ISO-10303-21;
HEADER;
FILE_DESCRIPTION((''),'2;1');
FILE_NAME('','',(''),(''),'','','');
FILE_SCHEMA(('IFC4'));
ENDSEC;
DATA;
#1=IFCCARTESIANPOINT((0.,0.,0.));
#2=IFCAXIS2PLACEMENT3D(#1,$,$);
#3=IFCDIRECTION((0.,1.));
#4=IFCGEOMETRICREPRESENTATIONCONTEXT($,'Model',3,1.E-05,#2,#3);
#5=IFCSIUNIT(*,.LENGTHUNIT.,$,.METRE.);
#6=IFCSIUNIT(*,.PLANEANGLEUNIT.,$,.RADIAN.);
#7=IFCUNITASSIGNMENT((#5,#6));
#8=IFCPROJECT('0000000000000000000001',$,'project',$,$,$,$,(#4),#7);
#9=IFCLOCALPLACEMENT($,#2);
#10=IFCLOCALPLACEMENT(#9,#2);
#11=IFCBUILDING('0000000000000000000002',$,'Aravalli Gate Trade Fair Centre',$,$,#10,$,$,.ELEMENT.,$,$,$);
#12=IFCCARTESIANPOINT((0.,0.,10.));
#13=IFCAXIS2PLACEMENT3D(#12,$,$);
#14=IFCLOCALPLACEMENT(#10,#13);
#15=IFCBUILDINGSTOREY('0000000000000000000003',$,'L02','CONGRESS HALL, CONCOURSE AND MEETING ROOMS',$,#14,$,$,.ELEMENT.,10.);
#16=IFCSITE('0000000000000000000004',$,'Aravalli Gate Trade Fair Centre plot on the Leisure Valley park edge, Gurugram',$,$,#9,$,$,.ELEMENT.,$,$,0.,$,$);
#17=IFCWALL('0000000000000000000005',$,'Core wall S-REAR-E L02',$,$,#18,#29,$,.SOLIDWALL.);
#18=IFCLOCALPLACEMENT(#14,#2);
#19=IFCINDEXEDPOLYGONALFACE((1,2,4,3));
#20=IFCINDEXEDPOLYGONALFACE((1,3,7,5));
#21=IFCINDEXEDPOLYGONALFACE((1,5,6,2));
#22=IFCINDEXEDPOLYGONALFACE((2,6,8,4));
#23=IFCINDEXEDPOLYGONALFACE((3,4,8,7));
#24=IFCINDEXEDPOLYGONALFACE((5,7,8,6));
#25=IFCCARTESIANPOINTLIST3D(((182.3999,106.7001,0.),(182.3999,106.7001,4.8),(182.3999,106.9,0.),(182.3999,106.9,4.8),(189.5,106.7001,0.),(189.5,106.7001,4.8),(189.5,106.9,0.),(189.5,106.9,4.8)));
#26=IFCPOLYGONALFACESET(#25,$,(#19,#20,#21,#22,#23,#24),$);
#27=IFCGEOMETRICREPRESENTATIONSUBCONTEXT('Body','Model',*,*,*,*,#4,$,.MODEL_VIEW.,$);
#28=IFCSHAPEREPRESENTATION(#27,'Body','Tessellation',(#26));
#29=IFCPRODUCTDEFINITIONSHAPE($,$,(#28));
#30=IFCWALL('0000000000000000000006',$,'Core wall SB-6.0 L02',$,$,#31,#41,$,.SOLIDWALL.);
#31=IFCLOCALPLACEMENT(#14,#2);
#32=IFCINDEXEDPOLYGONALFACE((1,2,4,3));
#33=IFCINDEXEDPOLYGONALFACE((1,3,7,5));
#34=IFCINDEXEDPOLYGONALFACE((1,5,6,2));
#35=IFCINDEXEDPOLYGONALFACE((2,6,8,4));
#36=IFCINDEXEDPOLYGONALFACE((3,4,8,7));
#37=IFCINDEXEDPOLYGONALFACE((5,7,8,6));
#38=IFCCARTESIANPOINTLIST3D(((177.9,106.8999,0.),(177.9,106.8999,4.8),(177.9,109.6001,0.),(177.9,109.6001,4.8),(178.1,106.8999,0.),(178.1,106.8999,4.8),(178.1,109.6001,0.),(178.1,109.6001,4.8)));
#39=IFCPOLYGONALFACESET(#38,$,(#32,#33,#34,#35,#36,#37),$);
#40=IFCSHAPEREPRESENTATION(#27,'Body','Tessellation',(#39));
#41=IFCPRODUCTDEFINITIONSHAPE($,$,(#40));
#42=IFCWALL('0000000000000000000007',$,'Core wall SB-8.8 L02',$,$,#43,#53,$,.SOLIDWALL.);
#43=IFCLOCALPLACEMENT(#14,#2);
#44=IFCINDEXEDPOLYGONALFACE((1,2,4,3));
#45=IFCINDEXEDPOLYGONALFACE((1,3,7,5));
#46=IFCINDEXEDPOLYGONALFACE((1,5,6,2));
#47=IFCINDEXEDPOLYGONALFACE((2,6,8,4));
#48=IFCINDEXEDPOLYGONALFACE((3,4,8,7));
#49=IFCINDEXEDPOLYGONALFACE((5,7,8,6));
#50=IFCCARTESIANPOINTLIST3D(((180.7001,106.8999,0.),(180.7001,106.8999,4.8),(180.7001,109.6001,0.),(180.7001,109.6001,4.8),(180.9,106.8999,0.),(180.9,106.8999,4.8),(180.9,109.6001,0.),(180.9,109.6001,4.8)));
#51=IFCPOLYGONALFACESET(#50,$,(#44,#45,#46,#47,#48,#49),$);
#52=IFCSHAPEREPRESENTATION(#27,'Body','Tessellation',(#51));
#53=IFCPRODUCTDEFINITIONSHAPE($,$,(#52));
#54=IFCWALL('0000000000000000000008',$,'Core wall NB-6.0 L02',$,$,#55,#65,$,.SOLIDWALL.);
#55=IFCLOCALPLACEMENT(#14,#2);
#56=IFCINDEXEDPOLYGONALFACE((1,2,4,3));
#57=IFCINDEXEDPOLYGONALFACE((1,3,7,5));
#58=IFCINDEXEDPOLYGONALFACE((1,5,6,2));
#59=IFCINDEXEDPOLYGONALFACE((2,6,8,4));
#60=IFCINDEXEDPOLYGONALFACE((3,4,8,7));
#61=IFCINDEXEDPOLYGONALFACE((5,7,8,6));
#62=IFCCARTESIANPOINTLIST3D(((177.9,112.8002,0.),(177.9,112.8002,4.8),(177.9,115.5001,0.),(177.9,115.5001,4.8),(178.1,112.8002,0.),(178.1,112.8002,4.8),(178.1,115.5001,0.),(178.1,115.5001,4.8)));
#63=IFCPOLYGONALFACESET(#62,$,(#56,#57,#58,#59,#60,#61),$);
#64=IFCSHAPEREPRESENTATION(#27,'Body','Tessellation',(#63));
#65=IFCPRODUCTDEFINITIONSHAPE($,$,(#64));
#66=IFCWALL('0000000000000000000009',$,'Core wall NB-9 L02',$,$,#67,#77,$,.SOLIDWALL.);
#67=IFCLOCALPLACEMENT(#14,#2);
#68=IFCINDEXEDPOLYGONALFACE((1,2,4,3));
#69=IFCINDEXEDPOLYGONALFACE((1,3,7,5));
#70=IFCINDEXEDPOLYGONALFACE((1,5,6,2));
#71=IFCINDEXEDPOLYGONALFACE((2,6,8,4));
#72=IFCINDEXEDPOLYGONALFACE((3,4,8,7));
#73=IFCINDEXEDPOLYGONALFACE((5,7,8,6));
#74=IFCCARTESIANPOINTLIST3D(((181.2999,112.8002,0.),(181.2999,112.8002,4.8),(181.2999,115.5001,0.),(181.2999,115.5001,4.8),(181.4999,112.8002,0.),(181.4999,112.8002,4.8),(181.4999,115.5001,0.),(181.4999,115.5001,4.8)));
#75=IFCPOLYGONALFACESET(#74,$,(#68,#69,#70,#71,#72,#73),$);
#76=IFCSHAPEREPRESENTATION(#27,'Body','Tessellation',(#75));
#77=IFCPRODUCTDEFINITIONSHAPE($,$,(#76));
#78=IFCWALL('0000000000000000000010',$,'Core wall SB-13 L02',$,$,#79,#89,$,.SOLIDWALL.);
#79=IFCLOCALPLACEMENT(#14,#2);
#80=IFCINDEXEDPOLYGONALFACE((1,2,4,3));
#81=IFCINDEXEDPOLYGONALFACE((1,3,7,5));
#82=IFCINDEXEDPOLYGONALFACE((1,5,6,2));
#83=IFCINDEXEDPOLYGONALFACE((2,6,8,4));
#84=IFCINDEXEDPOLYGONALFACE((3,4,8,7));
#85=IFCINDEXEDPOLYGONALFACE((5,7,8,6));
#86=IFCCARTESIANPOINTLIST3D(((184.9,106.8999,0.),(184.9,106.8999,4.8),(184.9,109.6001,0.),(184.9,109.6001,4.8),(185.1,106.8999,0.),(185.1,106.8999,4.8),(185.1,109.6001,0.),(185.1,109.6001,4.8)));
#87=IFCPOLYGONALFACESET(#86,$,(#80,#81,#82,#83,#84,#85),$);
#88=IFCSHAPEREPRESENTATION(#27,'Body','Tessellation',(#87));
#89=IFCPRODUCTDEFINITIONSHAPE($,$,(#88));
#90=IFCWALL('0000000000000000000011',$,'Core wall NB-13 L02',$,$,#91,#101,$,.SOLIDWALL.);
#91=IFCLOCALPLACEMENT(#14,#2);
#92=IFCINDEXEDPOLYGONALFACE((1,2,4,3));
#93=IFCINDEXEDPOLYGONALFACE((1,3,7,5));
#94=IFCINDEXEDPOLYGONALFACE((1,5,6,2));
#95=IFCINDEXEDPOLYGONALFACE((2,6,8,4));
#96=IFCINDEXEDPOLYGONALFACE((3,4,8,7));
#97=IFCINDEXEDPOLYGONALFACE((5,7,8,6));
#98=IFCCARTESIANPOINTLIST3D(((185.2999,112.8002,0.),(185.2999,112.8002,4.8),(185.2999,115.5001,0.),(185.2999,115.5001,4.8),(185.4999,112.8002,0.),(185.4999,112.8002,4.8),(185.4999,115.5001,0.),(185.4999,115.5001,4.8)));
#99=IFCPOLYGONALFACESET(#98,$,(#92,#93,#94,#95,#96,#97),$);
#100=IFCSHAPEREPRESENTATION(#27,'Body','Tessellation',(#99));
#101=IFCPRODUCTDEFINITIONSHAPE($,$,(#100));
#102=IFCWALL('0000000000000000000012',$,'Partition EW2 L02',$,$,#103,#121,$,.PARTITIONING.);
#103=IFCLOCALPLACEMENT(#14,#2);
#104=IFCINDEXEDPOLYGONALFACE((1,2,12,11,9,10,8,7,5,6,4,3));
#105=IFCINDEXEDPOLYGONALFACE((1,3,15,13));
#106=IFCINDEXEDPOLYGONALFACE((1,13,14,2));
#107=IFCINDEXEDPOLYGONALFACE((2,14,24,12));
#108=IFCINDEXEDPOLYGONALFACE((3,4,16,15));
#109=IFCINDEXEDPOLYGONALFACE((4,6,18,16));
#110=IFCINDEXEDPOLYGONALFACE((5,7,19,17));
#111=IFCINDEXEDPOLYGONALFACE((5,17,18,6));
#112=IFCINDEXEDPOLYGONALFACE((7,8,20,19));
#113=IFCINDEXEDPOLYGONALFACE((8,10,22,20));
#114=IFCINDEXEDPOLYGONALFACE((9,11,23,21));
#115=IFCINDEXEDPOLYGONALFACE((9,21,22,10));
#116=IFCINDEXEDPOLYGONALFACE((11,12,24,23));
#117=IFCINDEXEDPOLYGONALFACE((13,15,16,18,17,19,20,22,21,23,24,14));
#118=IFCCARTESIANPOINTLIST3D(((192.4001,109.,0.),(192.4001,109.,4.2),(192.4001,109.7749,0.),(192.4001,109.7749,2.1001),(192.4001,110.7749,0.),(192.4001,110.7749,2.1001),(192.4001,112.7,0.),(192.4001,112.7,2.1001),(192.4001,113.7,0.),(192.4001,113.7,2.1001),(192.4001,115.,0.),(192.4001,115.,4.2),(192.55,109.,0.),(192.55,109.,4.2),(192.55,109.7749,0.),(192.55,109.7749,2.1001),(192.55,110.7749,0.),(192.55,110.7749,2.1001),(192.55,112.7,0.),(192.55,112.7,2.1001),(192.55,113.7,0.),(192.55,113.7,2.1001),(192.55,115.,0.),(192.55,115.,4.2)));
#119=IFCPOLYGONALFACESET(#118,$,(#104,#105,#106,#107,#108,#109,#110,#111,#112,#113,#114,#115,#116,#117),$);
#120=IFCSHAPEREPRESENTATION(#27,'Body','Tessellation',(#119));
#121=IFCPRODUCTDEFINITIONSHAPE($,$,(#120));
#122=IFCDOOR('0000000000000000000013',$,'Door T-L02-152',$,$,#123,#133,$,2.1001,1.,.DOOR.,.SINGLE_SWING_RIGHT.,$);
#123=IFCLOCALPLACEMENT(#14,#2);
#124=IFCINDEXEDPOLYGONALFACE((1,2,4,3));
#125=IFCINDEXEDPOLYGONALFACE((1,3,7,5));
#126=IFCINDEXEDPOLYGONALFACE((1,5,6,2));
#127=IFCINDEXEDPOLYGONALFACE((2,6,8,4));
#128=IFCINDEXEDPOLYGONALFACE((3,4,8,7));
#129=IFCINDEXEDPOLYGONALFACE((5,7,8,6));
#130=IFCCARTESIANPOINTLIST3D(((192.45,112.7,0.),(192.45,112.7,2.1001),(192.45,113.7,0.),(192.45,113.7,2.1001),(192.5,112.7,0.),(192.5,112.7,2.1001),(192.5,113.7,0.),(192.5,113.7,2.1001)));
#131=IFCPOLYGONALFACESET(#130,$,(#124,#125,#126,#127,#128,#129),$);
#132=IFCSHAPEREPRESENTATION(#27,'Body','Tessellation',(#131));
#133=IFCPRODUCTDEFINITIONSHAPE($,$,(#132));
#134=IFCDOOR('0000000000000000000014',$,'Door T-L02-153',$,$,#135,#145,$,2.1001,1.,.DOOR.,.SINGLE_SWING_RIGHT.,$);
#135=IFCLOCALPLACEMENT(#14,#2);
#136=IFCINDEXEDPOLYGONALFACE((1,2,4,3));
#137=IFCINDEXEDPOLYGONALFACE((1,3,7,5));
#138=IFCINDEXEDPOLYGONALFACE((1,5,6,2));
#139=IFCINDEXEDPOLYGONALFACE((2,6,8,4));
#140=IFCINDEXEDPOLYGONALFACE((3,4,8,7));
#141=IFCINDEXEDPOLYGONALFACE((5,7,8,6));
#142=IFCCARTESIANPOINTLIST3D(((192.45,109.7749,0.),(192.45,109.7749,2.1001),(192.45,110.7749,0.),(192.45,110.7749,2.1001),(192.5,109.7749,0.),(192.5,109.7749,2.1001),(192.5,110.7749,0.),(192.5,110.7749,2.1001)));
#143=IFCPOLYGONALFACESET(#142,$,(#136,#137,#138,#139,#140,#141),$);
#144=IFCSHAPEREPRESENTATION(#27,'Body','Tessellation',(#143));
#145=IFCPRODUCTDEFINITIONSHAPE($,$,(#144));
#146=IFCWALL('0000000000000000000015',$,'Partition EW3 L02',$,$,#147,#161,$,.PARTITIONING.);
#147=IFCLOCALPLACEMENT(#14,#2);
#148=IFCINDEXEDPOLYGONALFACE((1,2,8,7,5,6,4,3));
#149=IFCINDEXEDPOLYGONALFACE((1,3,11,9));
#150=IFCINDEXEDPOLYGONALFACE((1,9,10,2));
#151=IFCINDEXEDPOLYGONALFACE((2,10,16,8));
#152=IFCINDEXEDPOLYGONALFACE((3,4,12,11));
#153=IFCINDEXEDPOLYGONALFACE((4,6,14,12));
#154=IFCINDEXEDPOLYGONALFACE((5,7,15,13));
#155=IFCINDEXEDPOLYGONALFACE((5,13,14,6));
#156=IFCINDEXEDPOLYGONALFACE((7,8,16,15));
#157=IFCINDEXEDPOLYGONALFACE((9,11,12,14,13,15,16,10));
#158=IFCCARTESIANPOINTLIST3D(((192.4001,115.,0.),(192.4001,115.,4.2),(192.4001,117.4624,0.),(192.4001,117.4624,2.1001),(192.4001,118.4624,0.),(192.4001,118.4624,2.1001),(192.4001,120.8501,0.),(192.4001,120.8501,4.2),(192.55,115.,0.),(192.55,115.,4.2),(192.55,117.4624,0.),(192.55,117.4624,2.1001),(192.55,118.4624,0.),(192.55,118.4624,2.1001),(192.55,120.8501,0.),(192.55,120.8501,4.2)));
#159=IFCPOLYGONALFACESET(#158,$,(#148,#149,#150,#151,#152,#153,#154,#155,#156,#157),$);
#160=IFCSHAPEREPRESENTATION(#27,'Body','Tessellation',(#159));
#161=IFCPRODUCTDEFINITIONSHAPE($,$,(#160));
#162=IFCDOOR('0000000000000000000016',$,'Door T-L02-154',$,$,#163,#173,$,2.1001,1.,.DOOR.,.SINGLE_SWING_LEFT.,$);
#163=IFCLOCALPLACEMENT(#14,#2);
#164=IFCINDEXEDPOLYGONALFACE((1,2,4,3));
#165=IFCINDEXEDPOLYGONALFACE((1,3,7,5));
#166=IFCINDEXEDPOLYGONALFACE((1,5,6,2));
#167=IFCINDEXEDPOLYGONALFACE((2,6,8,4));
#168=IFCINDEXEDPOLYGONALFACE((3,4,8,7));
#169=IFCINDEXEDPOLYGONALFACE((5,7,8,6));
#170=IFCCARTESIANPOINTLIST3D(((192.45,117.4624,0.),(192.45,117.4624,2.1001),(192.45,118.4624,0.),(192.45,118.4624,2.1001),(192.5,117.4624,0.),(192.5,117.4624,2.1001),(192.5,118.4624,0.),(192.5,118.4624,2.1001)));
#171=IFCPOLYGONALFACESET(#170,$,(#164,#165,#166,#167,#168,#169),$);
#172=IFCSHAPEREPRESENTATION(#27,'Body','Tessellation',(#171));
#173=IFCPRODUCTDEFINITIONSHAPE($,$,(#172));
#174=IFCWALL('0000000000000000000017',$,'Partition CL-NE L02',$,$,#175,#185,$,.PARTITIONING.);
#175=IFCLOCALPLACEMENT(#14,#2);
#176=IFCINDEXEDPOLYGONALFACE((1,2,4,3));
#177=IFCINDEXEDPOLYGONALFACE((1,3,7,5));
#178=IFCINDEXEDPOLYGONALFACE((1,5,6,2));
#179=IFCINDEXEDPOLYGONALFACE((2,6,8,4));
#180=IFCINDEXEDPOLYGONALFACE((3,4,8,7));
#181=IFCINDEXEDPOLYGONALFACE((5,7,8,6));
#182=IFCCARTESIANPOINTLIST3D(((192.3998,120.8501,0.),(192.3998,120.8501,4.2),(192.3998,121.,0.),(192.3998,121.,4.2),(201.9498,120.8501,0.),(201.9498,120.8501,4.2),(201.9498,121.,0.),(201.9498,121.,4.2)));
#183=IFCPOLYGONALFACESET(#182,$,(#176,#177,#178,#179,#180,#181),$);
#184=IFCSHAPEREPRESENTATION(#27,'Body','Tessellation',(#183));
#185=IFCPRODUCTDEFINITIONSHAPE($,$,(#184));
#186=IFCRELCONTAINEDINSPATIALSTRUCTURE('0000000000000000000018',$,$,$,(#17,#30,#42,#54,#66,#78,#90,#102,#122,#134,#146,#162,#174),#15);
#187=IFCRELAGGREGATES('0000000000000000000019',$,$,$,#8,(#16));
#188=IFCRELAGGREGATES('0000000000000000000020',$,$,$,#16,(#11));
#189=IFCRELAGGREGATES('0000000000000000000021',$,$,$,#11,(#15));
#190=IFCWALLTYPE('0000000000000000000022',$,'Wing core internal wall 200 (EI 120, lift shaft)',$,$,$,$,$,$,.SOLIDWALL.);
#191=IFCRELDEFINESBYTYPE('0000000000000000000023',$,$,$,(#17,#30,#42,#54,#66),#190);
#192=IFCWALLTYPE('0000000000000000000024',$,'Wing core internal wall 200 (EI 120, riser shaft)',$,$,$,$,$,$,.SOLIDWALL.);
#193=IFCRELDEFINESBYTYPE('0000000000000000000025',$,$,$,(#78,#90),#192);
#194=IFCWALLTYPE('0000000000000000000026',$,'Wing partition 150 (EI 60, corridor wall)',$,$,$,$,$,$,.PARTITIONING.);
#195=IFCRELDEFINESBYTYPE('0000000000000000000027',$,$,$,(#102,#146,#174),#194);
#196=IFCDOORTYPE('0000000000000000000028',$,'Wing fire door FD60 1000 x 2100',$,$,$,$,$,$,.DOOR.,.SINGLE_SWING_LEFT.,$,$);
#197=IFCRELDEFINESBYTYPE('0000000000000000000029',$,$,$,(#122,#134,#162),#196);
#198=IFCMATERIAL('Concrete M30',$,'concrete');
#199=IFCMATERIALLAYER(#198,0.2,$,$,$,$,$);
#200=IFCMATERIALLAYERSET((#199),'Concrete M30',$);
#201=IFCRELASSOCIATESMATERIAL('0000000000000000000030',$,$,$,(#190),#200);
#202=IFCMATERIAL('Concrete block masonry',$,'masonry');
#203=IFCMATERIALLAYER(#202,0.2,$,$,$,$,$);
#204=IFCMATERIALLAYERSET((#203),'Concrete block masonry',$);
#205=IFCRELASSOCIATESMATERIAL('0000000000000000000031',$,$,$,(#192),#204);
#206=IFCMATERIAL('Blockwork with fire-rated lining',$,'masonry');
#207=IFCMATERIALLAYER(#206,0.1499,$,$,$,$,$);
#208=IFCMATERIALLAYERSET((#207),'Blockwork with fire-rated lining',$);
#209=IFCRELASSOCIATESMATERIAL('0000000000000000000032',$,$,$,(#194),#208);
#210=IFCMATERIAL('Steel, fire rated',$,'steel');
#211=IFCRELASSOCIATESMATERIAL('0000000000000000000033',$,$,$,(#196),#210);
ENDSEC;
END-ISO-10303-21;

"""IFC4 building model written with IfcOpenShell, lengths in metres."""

from ifc_helpers import new_model, si_unit, direction, frame, frame_2d, origin, place, context, subcontext, project, spatial, rectangle, extrude, material, layer, layer_set, type_object, element, fill, save


model = new_model("IFC4")

# Units and contexts
model_context = context("Model", 3, precision=1e-05, world=origin(), true_north=direction((0.0, 1.0)))
body_context = subcontext(model_context, "Body", "Model", "MODEL_VIEW")
ifc_project = project(units=[si_unit("LENGTHUNIT", "METRE"), si_unit("PLANEANGLEUNIT", "RADIAN")], contexts=[model_context])

# Site, building, storey
site_placement = place(None, origin())
site = spatial("IfcSite", under=ifc_project, at=site_placement, Name="Aravalli Gate Trade Fair Centre plot on the Leisure Valley park edge, Gurugram", CompositionType="ELEMENT", RefElevation=0.0)
building_placement = place(site_placement, origin())
building = spatial("IfcBuilding", under=site, at=building_placement, Name="Aravalli Gate Trade Fair Centre", CompositionType="ELEMENT")
storey_placement = place(building_placement, frame((0.0, 0.0, 10.0)))
storey = spatial("IfcBuildingStorey", under=building, at=storey_placement, Name="L02", Description="CONGRESS HALL, CONCOURSE AND MEETING ROOMS", CompositionType="ELEMENT", Elevation=10.0)

# Shared definitions
ifc_material_1 = material(Name="Concrete M30", Category="concrete")

# Walls
ifc_layer_1 = layer(ifc_material_1, 0.2)
ifc_layer_set_1 = layer_set([ifc_layer_1], Name="Concrete M30")
wall_type_1 = type_object("IfcWallType", Name="Wing core internal wall 200 (EI 120, lift shaft)", PredefinedType="SOLIDWALL", material=ifc_layer_set_1)
wall_1_placement = place(storey_placement, frame((182.3999, 106.8, 0.0), z_axis=(0.0, 0.0, 1.0), x_axis=(1.0, 0.0, 0.0)))
element("IfcWall", 1, at=wall_1_placement, inside=storey, type_object=wall_type_1, Name="Core wall S-REAR-E L02", PredefinedType="SOLIDWALL", context=body_context, shape_type="SweptSolid", body=[
    extrude(rectangle(XDim=7.1001, YDim=0.2, at=frame_2d((3.55, 0.0))), origin(), (0.0, 0.0, 1.0), 4.8),
])
for number, where, z_axis, x_axis, name in (
    (2, (178.0, 106.8999, 0.0), (0.0, 0.0, 1.0), (0.0, 1.0, 0.0), "Core wall SB-6.0 L02"),
    (3, (180.8, 106.8999, 0.0), (0.0, 0.0, 1.0), (0.0, 1.0, 0.0), "Core wall SB-8.8 L02"),
):
    element("IfcWall", number, at=place(storey_placement, frame(where, z_axis=z_axis, x_axis=x_axis)), inside=storey, type_object=wall_type_1, Name=name, PredefinedType="SOLIDWALL", context=body_context, shape_type="SweptSolid", body=[
        extrude(rectangle(XDim=2.7002, YDim=0.2, at=frame_2d((1.3501, 0.0))), origin(), (0.0, 0.0, 1.0), 4.8),
    ])
for number, where, z_axis, x_axis, name in (
    (4, (178.0, 112.8, 0.0), (0.0, 0.0, 1.0), (0.0, 1.0, 0.0), "Core wall NB-6.0 L02"),
    (5, (181.3999, 112.8, 0.0), (0.0, 0.0, 1.0), (0.0, 1.0, 0.0), "Core wall NB-9 L02"),
):
    element("IfcWall", number, at=place(storey_placement, frame(where, z_axis=z_axis, x_axis=x_axis)), inside=storey, type_object=wall_type_1, Name=name, PredefinedType="SOLIDWALL", context=body_context, shape_type="SweptSolid", body=[
        extrude(rectangle(XDim=2.7, YDim=0.2, at=frame_2d((1.3501, 0.0))), origin(), (0.0, 0.0, 1.0), 4.8),
    ])
ifc_material_2 = material(Name="Concrete block masonry", Category="masonry")
ifc_layer_2 = layer(ifc_material_2, 0.2)
ifc_layer_set_2 = layer_set([ifc_layer_2], Name="Concrete block masonry")
wall_type_2 = type_object("IfcWallType", Name="Wing core internal wall 200 (EI 120, riser shaft)", PredefinedType="SOLIDWALL", material=ifc_layer_set_2)
wall_2_placement = place(storey_placement, frame((185.0, 106.8999, 0.0), z_axis=(0.0, 0.0, 1.0), x_axis=(0.0, 1.0, 0.0)))
element("IfcWall", 6, at=wall_2_placement, inside=storey, type_object=wall_type_2, Name="Core wall SB-13 L02", PredefinedType="SOLIDWALL", context=body_context, shape_type="SweptSolid", body=[
    extrude(rectangle(XDim=2.7002, YDim=0.2, at=frame_2d((1.3501, 0.0))), origin(), (0.0, 0.0, 1.0), 4.8),
])
wall_3_placement = place(storey_placement, frame((185.3999, 112.8, 0.0), z_axis=(0.0, 0.0, 1.0), x_axis=(0.0, 1.0, 0.0)))
element("IfcWall", 7, at=wall_3_placement, inside=storey, type_object=wall_type_2, Name="Core wall NB-13 L02", PredefinedType="SOLIDWALL", context=body_context, shape_type="SweptSolid", body=[
    extrude(rectangle(XDim=2.7, YDim=0.2, at=frame_2d((1.3501, 0.0))), origin(), (0.0, 0.0, 1.0), 4.8),
])

# Wall, openings, doors
ifc_material_3 = material(Name="Blockwork with fire-rated lining", Category="masonry")
ifc_layer_3 = layer(ifc_material_3, 0.1499)
ifc_layer_set_3 = layer_set([ifc_layer_3], Name="Blockwork with fire-rated lining")
wall_type_3 = type_object("IfcWallType", Name="Wing partition 150 (EI 60, corridor wall)", PredefinedType="PARTITIONING", material=ifc_layer_set_3)
wall_4_placement = place(storey_placement, frame((192.4751, 109.0, 0.0), z_axis=(0.0, 0.0, 1.0), x_axis=(0.0, 1.0, 0.0)))
wall_4 = element("IfcWall", 8, at=wall_4_placement, inside=storey, type_object=wall_type_3, Name="Partition EW2 L02", PredefinedType="PARTITIONING", context=body_context, shape_type="SweptSolid", body=[
    extrude(rectangle(XDim=6.0, YDim=0.1499, at=frame_2d((3.0, 0.0))), origin(), (0.0, 0.0, 1.0), 4.2),
])
opening_1_placement = place(wall_4_placement, frame((3.7, 0.0, 0.0)))
opening_1 = element("IfcOpeningElement", 9, at=opening_1_placement, cuts=wall_4, PredefinedType="OPENING", context=body_context, shape_type="SweptSolid", body=[
    extrude(rectangle(XDim=1.0, YDim=2.1001, at=frame_2d((0.5, 1.05))), frame((0.0, 0.085, 0.0), z_axis=(0.0, -1.0, 0.0), x_axis=(1.0, 0.0, 0.0)), (0.0, 0.0, 1.0), 0.1699),
])
opening_2_placement = place(wall_4_placement, frame((0.7749, 0.0, 0.0)))
opening_2 = element("IfcOpeningElement", 10, at=opening_2_placement, cuts=wall_4, PredefinedType="OPENING", context=body_context, shape_type="SweptSolid", body=[
    extrude(rectangle(XDim=1.0, YDim=2.1001, at=frame_2d((0.5, 1.05))), frame((0.0, 0.085, 0.0), z_axis=(0.0, -1.0, 0.0), x_axis=(1.0, 0.0, 0.0)), (0.0, 0.0, 1.0), 0.1699),
])
ifc_material_4 = material(Name="Steel, fire rated", Category="steel")
door_type_1 = type_object("IfcDoorType", Name="Wing fire door FD60 1000 x 2100", OperationType="SINGLE_SWING_LEFT", PredefinedType="DOOR", material=ifc_material_4)
door_1_placement = place(opening_1_placement, frame((1.0, 0.0, 0.0), z_axis=(0.0, 0.0, 1.0), x_axis=(-1.0, 0.0, 0.0)))
door_1 = element("IfcDoor", 11, at=door_1_placement, inside=storey, type_object=door_type_1, Name="Door T-L02-152", OperationType="SINGLE_SWING_RIGHT", OverallHeight=2.1001, OverallWidth=1.0, PredefinedType="DOOR", context=body_context, shape_type="SweptSolid", body=[
    extrude(rectangle(XDim=1.0, YDim=2.1001, at=frame_2d((0.5, 1.05))), frame((0.0, 0.0249, 0.0), z_axis=(0.0, -1.0, 0.0), x_axis=(1.0, 0.0, 0.0)), (0.0, 0.0, 1.0), 0.05),
])
fill(opening_1, door_1)
door_2_placement = place(opening_2_placement, frame((1.0, 0.0, 0.0), z_axis=(0.0, 0.0, 1.0), x_axis=(-1.0, 0.0, 0.0)))
door_2 = element("IfcDoor", 12, at=door_2_placement, inside=storey, type_object=door_type_1, Name="Door T-L02-153", OperationType="SINGLE_SWING_RIGHT", OverallHeight=2.1001, OverallWidth=1.0, PredefinedType="DOOR", context=body_context, shape_type="SweptSolid", body=[
    extrude(rectangle(XDim=1.0, YDim=2.1001, at=frame_2d((0.5, 1.05))), frame((0.0, 0.0249, 0.0), z_axis=(0.0, -1.0, 0.0), x_axis=(1.0, 0.0, 0.0)), (0.0, 0.0, 1.0), 0.05),
])
fill(opening_2, door_2)

# Wall, opening, door
wall_5_placement = place(storey_placement, frame((192.4751, 115.0, 0.0), z_axis=(0.0, 0.0, 1.0), x_axis=(0.0, 1.0, 0.0)))
wall_5 = element("IfcWall", 13, at=wall_5_placement, inside=storey, type_object=wall_type_3, Name="Partition EW3 L02", PredefinedType="PARTITIONING", context=body_context, shape_type="SweptSolid", body=[
    extrude(rectangle(XDim=5.8501, YDim=0.1499, at=frame_2d((2.925, 0.0))), origin(), (0.0, 0.0, 1.0), 4.2),
])
opening_3_placement = place(wall_5_placement, frame((2.4624, 0.0, 0.0)))
opening_3 = element("IfcOpeningElement", 14, at=opening_3_placement, cuts=wall_5, PredefinedType="OPENING", context=body_context, shape_type="SweptSolid", body=[
    extrude(rectangle(XDim=1.0, YDim=2.1001, at=frame_2d((0.5, 1.05))), frame((0.0, 0.085, 0.0), z_axis=(0.0, -1.0, 0.0), x_axis=(1.0, 0.0, 0.0)), (0.0, 0.0, 1.0), 0.1699),
])
door_3_placement = place(opening_3_placement, frame((1.0, 0.0, 0.0), z_axis=(0.0, 0.0, 1.0), x_axis=(-1.0, 0.0, 0.0)))
door_3 = element("IfcDoor", 15, at=door_3_placement, inside=storey, type_object=door_type_1, Name="Door T-L02-154", OperationType="SINGLE_SWING_LEFT", OverallHeight=2.1001, OverallWidth=1.0, PredefinedType="DOOR", context=body_context, shape_type="SweptSolid", body=[
    extrude(rectangle(XDim=1.0, YDim=2.1001, at=frame_2d((0.5, 1.05))), frame((0.0, 0.0249, 0.0), z_axis=(0.0, -1.0, 0.0), x_axis=(1.0, 0.0, 0.0)), (0.0, 0.0, 1.0), 0.05),
])
fill(opening_3, door_3)

# Wall
wall_6_placement = place(storey_placement, frame((192.3999, 120.925, 0.0), z_axis=(0.0, 0.0, 1.0), x_axis=(1.0, 0.0, 0.0)))
element("IfcWall", 16, at=wall_6_placement, inside=storey, type_object=wall_type_3, Name="Partition CL-NE L02", PredefinedType="PARTITIONING", context=body_context, shape_type="SweptSolid", body=[
    extrude(rectangle(XDim=9.55, YDim=0.1499, at=frame_2d((4.7749, 0.0))), origin(), (0.0, 0.0, 1.0), 4.2),
])

save(model, "model.ifc")
